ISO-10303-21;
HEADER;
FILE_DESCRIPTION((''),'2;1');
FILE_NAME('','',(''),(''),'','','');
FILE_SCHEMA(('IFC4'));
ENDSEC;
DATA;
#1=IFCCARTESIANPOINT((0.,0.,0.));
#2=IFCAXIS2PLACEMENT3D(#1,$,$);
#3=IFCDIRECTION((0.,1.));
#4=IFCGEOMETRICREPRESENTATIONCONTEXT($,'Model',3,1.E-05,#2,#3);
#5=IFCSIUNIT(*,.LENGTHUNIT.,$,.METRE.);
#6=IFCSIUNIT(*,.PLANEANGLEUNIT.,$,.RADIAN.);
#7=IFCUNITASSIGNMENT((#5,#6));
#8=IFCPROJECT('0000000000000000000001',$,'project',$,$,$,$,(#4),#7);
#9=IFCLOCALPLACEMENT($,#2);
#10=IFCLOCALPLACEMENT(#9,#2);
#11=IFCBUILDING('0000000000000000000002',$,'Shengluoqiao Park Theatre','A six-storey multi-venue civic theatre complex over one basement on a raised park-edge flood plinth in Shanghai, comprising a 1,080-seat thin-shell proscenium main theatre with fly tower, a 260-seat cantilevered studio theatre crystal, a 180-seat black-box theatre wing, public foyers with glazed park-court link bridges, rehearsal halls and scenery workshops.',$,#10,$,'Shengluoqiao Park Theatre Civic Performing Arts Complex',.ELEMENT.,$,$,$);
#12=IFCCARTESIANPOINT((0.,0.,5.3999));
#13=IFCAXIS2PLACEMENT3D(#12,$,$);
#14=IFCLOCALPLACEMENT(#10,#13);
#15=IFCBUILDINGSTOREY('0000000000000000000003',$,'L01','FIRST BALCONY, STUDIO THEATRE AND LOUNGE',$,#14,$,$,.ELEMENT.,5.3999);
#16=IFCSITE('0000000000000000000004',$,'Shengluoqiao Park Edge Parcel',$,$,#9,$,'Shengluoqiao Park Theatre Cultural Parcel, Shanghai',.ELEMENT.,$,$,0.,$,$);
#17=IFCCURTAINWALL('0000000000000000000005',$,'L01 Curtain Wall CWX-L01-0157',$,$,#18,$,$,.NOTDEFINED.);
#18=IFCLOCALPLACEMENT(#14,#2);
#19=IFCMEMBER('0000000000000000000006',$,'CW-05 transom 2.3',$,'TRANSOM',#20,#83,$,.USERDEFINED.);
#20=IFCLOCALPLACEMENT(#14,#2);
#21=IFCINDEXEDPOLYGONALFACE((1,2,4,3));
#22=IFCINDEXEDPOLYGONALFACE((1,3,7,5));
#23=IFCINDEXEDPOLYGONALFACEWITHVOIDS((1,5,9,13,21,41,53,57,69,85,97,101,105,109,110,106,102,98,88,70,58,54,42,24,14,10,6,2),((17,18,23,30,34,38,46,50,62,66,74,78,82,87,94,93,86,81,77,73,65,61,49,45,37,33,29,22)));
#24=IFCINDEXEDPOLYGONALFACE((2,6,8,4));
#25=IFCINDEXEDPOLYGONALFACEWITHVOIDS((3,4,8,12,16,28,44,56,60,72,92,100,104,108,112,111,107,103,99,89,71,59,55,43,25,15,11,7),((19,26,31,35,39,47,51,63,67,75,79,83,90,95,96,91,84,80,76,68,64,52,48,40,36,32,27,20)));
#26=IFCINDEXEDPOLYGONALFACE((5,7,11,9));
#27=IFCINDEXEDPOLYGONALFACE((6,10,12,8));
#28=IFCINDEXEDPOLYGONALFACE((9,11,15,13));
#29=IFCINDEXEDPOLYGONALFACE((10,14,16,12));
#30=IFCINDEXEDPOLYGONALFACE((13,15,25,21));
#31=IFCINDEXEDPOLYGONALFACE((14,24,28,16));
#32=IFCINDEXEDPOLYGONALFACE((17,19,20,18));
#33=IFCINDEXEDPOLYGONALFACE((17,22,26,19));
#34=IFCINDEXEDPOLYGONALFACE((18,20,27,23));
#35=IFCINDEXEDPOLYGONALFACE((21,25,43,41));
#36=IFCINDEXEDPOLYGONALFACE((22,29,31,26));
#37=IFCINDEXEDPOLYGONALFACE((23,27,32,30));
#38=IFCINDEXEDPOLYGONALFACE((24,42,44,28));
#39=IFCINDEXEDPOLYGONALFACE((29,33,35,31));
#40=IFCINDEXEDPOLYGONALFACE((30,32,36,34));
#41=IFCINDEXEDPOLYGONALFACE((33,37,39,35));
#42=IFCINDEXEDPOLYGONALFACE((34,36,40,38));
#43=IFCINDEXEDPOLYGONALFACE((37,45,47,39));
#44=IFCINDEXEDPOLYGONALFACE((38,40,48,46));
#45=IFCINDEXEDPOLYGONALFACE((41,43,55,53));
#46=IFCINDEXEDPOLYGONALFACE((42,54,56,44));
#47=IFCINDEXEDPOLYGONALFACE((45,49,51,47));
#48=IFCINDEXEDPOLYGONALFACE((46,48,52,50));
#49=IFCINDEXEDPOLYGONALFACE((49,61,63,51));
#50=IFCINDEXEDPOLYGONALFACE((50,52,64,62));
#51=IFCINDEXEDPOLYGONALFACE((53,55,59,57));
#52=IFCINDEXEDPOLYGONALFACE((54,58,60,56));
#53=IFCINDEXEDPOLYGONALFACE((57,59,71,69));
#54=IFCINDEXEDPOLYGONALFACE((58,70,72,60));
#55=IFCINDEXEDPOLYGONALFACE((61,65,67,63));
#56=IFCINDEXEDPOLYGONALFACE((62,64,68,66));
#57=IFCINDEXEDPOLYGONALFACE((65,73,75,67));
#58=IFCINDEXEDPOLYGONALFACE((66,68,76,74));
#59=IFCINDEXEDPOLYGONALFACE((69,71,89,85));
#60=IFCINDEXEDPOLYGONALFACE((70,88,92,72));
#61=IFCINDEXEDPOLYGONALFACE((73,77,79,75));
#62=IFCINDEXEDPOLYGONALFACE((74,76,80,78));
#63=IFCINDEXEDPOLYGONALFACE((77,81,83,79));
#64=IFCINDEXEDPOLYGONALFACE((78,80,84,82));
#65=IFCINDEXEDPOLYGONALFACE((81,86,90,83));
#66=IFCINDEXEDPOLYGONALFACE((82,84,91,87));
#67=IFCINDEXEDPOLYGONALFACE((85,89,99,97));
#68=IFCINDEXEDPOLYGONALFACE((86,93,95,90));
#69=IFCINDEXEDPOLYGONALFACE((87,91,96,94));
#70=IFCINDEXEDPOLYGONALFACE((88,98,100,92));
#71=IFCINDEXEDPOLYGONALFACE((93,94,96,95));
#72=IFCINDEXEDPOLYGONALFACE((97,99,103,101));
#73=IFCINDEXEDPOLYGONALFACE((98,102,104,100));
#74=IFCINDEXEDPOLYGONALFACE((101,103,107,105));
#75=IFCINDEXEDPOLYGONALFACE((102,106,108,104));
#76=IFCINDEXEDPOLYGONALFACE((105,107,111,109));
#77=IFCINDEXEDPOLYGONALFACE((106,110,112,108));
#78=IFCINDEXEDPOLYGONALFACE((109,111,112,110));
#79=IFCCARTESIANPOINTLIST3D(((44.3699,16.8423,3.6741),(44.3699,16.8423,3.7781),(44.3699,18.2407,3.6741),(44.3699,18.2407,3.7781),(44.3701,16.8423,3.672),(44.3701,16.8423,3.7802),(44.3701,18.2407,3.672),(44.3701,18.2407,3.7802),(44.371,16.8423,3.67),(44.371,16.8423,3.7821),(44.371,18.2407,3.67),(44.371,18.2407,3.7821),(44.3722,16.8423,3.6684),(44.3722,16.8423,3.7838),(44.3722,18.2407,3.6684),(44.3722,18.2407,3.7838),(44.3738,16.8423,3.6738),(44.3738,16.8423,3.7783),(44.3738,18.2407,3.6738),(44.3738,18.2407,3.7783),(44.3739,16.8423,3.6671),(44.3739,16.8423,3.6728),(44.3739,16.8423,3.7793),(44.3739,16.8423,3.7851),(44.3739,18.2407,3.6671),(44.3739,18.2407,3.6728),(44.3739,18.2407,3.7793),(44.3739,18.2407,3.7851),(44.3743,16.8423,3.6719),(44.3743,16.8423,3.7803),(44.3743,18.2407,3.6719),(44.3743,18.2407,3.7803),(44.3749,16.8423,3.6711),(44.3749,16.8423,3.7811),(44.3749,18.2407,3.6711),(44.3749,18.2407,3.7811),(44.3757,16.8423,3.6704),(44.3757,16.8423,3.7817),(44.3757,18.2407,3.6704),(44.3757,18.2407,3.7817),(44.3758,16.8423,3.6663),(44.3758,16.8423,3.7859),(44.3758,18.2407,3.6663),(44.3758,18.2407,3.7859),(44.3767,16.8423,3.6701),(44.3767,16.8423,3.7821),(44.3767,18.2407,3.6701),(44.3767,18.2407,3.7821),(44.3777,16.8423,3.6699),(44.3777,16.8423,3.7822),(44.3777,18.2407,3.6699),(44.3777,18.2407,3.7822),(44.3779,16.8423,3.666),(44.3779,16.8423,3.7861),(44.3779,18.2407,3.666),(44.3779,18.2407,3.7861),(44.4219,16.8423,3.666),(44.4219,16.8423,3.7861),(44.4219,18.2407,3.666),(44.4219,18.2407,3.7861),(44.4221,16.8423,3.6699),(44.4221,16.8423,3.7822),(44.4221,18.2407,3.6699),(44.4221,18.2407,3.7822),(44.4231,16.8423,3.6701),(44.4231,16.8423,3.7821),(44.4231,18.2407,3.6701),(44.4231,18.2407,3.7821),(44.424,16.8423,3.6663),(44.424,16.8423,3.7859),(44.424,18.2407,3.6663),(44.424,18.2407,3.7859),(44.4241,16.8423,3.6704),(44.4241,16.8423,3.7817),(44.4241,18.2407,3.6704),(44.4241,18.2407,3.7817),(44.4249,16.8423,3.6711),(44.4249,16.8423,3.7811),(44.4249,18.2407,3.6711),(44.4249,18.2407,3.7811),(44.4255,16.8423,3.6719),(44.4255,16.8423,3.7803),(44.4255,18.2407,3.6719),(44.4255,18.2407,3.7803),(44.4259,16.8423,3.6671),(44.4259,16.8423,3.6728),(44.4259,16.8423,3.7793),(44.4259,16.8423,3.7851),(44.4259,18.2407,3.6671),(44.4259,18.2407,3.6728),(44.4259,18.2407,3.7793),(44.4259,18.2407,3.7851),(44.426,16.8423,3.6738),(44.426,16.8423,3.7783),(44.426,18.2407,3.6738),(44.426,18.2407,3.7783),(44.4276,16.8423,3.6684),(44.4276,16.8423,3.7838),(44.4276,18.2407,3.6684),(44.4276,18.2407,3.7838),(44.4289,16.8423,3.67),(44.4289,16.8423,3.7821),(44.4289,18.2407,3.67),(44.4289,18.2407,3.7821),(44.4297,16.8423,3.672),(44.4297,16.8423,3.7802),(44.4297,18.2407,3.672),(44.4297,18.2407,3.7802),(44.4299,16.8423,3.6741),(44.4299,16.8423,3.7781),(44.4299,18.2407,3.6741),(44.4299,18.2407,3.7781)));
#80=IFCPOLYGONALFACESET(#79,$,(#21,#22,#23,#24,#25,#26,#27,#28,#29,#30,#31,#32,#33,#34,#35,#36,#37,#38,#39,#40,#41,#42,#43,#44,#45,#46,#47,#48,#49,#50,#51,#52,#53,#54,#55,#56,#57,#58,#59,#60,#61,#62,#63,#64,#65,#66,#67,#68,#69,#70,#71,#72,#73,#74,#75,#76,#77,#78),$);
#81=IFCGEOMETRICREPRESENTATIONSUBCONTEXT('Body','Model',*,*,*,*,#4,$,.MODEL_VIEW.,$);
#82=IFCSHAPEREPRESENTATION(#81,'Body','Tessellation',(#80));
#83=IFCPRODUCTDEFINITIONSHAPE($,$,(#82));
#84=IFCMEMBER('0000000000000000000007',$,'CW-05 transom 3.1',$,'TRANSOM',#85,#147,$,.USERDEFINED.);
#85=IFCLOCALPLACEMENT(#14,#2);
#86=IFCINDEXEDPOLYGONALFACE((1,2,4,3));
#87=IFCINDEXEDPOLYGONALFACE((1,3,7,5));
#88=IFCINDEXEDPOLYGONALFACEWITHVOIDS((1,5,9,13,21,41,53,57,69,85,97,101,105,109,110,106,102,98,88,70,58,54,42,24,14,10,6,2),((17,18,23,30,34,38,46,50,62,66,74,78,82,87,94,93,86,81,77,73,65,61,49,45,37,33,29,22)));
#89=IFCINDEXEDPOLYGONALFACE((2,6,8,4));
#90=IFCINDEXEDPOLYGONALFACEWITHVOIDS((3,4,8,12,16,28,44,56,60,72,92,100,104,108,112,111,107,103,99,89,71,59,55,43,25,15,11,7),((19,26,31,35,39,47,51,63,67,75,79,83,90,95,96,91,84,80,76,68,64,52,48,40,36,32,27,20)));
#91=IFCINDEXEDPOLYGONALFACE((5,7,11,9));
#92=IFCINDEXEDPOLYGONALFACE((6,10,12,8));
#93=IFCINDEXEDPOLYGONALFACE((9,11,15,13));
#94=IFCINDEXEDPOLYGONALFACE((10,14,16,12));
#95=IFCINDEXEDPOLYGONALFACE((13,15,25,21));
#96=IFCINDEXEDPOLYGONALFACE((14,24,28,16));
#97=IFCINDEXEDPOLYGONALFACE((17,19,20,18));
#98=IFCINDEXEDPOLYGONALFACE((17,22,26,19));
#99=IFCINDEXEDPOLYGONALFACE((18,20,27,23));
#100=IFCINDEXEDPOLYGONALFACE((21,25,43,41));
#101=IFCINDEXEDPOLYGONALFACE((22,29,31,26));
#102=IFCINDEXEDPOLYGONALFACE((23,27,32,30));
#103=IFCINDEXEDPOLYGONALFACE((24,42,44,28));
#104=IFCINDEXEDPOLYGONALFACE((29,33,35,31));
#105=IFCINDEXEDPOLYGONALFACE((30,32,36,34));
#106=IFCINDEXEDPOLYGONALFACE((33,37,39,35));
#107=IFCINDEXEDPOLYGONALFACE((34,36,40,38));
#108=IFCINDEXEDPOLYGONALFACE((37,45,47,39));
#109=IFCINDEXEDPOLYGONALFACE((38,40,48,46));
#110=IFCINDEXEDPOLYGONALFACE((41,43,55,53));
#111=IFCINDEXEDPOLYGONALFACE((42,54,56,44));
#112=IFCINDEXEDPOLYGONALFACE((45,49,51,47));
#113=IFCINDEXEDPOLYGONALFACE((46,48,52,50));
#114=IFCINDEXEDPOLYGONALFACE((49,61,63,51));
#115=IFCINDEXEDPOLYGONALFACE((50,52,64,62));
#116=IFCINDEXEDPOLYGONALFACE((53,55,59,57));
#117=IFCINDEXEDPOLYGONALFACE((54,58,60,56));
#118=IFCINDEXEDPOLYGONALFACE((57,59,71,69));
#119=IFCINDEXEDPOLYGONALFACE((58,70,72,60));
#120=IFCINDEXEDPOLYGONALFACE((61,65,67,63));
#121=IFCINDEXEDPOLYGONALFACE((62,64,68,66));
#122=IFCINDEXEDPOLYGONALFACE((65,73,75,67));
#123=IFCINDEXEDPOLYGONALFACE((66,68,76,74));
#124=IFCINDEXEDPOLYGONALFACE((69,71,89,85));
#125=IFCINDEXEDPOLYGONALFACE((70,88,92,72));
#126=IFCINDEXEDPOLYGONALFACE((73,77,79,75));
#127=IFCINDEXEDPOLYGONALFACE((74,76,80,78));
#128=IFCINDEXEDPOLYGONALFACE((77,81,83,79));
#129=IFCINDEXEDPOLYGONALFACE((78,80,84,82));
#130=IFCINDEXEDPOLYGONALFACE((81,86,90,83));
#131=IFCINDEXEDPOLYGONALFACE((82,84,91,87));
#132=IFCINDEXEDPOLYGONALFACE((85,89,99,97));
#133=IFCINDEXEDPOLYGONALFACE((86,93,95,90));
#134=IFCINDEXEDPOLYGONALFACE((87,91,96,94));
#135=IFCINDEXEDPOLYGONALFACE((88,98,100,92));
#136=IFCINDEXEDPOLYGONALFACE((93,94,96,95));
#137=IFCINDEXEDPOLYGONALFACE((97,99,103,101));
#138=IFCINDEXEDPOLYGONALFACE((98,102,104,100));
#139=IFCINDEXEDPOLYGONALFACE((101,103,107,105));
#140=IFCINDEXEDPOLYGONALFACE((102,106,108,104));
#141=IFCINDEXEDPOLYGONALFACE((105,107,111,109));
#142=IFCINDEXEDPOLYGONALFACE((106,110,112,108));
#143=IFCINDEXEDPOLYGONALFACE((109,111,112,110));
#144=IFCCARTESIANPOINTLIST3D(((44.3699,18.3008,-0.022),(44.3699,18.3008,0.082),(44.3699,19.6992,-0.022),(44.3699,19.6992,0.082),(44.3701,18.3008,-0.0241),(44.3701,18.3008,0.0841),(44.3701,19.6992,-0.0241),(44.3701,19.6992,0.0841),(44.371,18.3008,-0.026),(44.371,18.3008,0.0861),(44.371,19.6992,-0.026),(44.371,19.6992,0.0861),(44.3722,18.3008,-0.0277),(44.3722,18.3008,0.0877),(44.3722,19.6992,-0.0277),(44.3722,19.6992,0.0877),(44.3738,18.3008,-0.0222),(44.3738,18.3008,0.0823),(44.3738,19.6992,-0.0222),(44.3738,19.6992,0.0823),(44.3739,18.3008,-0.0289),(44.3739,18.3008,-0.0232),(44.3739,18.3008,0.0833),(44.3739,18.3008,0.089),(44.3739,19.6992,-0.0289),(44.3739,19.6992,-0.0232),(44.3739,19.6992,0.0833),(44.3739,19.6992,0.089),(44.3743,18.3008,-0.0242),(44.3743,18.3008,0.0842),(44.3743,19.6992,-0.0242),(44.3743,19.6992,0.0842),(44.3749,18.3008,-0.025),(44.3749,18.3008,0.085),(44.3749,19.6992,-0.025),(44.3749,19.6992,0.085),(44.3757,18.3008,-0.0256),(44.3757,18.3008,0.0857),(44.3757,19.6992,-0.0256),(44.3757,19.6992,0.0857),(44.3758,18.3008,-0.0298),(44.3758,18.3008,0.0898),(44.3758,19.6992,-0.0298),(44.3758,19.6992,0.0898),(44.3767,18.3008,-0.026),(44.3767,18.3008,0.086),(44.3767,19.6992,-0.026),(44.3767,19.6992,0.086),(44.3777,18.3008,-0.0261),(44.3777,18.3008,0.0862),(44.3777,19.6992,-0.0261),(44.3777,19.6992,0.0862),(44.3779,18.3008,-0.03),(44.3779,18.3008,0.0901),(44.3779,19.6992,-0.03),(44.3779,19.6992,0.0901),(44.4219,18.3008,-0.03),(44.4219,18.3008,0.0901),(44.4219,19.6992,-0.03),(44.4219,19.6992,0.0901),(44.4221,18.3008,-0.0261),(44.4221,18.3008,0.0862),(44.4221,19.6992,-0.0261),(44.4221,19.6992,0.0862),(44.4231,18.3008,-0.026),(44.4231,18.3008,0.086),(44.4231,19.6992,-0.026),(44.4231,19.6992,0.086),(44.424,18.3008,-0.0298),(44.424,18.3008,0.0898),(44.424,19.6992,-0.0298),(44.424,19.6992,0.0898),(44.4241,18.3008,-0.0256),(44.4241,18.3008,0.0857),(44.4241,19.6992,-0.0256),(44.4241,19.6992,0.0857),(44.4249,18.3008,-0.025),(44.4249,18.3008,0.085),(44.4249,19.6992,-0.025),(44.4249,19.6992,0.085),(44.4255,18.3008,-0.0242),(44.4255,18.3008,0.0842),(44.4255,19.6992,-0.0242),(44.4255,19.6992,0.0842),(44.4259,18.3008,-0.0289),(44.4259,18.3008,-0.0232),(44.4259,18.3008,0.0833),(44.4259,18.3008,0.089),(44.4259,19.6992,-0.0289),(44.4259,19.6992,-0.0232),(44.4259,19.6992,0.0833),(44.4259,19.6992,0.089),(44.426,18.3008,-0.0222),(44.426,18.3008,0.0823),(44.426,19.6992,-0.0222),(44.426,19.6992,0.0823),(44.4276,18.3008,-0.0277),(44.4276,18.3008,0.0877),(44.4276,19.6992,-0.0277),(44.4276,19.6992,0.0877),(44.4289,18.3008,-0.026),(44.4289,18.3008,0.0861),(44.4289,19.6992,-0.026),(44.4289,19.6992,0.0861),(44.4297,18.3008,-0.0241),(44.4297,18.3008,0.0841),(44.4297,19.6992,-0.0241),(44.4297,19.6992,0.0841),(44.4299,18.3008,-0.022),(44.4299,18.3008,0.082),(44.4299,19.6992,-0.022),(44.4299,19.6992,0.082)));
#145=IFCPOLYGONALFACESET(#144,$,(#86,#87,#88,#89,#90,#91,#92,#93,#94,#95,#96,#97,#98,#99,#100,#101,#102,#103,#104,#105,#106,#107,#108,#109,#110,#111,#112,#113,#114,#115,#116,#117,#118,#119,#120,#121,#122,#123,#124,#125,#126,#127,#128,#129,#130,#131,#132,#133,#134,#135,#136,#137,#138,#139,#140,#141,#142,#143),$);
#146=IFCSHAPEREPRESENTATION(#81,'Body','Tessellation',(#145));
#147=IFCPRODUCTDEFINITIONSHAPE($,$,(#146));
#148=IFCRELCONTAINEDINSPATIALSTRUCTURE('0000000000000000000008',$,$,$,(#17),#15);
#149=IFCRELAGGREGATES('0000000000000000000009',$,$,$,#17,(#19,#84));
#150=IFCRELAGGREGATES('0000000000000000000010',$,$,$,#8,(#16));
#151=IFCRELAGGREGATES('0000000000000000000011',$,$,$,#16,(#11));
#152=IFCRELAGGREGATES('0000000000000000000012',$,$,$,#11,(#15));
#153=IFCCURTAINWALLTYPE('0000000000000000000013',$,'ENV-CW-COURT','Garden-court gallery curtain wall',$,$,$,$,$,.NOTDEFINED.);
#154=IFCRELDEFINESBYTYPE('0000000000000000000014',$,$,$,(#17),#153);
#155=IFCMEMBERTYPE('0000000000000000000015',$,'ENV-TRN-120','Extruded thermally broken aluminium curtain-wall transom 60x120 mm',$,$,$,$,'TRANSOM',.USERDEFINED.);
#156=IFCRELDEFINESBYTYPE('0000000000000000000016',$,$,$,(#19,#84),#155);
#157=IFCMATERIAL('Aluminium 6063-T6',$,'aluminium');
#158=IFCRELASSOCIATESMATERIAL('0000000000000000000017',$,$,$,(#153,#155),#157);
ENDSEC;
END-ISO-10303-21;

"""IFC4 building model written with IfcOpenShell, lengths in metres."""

from ifc_helpers import new_model, si_unit, direction, frame, origin, origin_2d, place, context, subcontext, project, spatial, hollow_rectangle, extrude, material, material_profile, profile_set, type_object, element, aggregate, save


model = new_model("IFC4")

# Units and contexts
model_context = context("Model", 3, precision=1e-05, world=origin(), true_north=direction((0.0, 1.0)))
body_context = subcontext(model_context, "Body", "Model", "MODEL_VIEW")
ifc_project = project(units=[si_unit("LENGTHUNIT", "METRE"), si_unit("PLANEANGLEUNIT", "RADIAN")], contexts=[model_context])

# Site, building, storey
site_placement = place(None, origin())
site = spatial("IfcSite", under=ifc_project, at=site_placement, Name="Shengluoqiao Park Edge Parcel", LongName="Shengluoqiao Park Theatre Cultural Parcel, Shanghai", CompositionType="ELEMENT", RefElevation=0.0)
building_placement = place(site_placement, origin())
building = spatial("IfcBuilding", under=site, at=building_placement, Name="Shengluoqiao Park Theatre", Description="A six-storey multi-venue civic theatre complex over one basement on a raised park-edge flood plinth in Shanghai, comprising a 1,080-seat thin-shell proscenium main theatre with fly tower, a 260-seat cantilevered studio theatre crystal, a 180-seat black-box theatre wing, public foyers with glazed park-court link bridges, rehearsal halls and scenery workshops.", LongName="Shengluoqiao Park Theatre Civic Performing Arts Complex", CompositionType="ELEMENT")
storey_placement = place(building_placement, frame((0.0, 0.0, 5.3999)))
storey = spatial("IfcBuildingStorey", under=building, at=storey_placement, Name="L01", Description="FIRST BALCONY, STUDIO THEATRE AND LOUNGE", CompositionType="ELEMENT", Elevation=5.3999)

# Curtain wall, members
ifc_material_1 = material(Name="Aluminium 6063-T6", Category="aluminium")
curtain_wall_type = type_object("IfcCurtainWallType", Name="ENV-CW-COURT", Description="Garden-court gallery curtain wall", PredefinedType="NOTDEFINED", material=ifc_material_1)
curtain_wall_placement = place(storey_placement, origin())
curtain_wall = element("IfcCurtainWall", 1, at=curtain_wall_placement, inside=storey, type_object=curtain_wall_type, Name="L01 Curtain Wall CWX-L01-0157", PredefinedType="NOTDEFINED")
ifc_material_profile_1 = material_profile(ifc_material_1, hollow_rectangle(XDim=0.0601, YDim=0.1201, WallThickness=0.0039, InnerFilletRadius=0.0039, OuterFilletRadius=0.0081, at=origin_2d()), Name="ALU TRANSOM 120x60x4")
ifc_profile_set_1 = profile_set([ifc_material_profile_1], Name="Aluminium 6063-T6")
member_type_1 = type_object("IfcMemberType", Name="ENV-TRN-120", Description="Extruded thermally broken aluminium curtain-wall transom 60x120 mm", ElementType="TRANSOM", PredefinedType="USERDEFINED", material=ifc_profile_set_1)
member_1_placement = place(storey_placement, frame((44.3999, 16.8423, 3.7261), z_axis=(0.0, 1.0, 0.0), x_axis=(-1.0, 0.0, 0.0)))
member_1 = element("IfcMember", 2, at=member_1_placement, type_object=member_type_1, Name="CW-05 transom 2.3", ObjectType="TRANSOM", PredefinedType="USERDEFINED", context=body_context, shape_type="SweptSolid", body=[
    extrude(hollow_rectangle(XDim=0.0601, YDim=0.1201, WallThickness=0.0039, InnerFilletRadius=0.0039, OuterFilletRadius=0.0081, at=origin_2d()), origin(), (0.0, 0.0, 1.0), 1.3984),
])
member_2_placement = place(storey_placement, frame((44.3999, 18.3008, 0.03), z_axis=(0.0, 1.0, 0.0), x_axis=(-1.0, 0.0, 0.0)))
member_2 = element("IfcMember", 3, at=member_2_placement, type_object=member_type_1, Name="CW-05 transom 3.1", ObjectType="TRANSOM", PredefinedType="USERDEFINED", context=body_context, shape_type="SweptSolid", body=[
    extrude(hollow_rectangle(XDim=0.0601, YDim=0.1201, WallThickness=0.0039, InnerFilletRadius=0.0039, OuterFilletRadius=0.0081, at=origin_2d()), origin(), (0.0, 0.0, 1.0), 1.3984),
])
aggregate(curtain_wall, [member_1, member_2])

save(model, "model.ifc")
